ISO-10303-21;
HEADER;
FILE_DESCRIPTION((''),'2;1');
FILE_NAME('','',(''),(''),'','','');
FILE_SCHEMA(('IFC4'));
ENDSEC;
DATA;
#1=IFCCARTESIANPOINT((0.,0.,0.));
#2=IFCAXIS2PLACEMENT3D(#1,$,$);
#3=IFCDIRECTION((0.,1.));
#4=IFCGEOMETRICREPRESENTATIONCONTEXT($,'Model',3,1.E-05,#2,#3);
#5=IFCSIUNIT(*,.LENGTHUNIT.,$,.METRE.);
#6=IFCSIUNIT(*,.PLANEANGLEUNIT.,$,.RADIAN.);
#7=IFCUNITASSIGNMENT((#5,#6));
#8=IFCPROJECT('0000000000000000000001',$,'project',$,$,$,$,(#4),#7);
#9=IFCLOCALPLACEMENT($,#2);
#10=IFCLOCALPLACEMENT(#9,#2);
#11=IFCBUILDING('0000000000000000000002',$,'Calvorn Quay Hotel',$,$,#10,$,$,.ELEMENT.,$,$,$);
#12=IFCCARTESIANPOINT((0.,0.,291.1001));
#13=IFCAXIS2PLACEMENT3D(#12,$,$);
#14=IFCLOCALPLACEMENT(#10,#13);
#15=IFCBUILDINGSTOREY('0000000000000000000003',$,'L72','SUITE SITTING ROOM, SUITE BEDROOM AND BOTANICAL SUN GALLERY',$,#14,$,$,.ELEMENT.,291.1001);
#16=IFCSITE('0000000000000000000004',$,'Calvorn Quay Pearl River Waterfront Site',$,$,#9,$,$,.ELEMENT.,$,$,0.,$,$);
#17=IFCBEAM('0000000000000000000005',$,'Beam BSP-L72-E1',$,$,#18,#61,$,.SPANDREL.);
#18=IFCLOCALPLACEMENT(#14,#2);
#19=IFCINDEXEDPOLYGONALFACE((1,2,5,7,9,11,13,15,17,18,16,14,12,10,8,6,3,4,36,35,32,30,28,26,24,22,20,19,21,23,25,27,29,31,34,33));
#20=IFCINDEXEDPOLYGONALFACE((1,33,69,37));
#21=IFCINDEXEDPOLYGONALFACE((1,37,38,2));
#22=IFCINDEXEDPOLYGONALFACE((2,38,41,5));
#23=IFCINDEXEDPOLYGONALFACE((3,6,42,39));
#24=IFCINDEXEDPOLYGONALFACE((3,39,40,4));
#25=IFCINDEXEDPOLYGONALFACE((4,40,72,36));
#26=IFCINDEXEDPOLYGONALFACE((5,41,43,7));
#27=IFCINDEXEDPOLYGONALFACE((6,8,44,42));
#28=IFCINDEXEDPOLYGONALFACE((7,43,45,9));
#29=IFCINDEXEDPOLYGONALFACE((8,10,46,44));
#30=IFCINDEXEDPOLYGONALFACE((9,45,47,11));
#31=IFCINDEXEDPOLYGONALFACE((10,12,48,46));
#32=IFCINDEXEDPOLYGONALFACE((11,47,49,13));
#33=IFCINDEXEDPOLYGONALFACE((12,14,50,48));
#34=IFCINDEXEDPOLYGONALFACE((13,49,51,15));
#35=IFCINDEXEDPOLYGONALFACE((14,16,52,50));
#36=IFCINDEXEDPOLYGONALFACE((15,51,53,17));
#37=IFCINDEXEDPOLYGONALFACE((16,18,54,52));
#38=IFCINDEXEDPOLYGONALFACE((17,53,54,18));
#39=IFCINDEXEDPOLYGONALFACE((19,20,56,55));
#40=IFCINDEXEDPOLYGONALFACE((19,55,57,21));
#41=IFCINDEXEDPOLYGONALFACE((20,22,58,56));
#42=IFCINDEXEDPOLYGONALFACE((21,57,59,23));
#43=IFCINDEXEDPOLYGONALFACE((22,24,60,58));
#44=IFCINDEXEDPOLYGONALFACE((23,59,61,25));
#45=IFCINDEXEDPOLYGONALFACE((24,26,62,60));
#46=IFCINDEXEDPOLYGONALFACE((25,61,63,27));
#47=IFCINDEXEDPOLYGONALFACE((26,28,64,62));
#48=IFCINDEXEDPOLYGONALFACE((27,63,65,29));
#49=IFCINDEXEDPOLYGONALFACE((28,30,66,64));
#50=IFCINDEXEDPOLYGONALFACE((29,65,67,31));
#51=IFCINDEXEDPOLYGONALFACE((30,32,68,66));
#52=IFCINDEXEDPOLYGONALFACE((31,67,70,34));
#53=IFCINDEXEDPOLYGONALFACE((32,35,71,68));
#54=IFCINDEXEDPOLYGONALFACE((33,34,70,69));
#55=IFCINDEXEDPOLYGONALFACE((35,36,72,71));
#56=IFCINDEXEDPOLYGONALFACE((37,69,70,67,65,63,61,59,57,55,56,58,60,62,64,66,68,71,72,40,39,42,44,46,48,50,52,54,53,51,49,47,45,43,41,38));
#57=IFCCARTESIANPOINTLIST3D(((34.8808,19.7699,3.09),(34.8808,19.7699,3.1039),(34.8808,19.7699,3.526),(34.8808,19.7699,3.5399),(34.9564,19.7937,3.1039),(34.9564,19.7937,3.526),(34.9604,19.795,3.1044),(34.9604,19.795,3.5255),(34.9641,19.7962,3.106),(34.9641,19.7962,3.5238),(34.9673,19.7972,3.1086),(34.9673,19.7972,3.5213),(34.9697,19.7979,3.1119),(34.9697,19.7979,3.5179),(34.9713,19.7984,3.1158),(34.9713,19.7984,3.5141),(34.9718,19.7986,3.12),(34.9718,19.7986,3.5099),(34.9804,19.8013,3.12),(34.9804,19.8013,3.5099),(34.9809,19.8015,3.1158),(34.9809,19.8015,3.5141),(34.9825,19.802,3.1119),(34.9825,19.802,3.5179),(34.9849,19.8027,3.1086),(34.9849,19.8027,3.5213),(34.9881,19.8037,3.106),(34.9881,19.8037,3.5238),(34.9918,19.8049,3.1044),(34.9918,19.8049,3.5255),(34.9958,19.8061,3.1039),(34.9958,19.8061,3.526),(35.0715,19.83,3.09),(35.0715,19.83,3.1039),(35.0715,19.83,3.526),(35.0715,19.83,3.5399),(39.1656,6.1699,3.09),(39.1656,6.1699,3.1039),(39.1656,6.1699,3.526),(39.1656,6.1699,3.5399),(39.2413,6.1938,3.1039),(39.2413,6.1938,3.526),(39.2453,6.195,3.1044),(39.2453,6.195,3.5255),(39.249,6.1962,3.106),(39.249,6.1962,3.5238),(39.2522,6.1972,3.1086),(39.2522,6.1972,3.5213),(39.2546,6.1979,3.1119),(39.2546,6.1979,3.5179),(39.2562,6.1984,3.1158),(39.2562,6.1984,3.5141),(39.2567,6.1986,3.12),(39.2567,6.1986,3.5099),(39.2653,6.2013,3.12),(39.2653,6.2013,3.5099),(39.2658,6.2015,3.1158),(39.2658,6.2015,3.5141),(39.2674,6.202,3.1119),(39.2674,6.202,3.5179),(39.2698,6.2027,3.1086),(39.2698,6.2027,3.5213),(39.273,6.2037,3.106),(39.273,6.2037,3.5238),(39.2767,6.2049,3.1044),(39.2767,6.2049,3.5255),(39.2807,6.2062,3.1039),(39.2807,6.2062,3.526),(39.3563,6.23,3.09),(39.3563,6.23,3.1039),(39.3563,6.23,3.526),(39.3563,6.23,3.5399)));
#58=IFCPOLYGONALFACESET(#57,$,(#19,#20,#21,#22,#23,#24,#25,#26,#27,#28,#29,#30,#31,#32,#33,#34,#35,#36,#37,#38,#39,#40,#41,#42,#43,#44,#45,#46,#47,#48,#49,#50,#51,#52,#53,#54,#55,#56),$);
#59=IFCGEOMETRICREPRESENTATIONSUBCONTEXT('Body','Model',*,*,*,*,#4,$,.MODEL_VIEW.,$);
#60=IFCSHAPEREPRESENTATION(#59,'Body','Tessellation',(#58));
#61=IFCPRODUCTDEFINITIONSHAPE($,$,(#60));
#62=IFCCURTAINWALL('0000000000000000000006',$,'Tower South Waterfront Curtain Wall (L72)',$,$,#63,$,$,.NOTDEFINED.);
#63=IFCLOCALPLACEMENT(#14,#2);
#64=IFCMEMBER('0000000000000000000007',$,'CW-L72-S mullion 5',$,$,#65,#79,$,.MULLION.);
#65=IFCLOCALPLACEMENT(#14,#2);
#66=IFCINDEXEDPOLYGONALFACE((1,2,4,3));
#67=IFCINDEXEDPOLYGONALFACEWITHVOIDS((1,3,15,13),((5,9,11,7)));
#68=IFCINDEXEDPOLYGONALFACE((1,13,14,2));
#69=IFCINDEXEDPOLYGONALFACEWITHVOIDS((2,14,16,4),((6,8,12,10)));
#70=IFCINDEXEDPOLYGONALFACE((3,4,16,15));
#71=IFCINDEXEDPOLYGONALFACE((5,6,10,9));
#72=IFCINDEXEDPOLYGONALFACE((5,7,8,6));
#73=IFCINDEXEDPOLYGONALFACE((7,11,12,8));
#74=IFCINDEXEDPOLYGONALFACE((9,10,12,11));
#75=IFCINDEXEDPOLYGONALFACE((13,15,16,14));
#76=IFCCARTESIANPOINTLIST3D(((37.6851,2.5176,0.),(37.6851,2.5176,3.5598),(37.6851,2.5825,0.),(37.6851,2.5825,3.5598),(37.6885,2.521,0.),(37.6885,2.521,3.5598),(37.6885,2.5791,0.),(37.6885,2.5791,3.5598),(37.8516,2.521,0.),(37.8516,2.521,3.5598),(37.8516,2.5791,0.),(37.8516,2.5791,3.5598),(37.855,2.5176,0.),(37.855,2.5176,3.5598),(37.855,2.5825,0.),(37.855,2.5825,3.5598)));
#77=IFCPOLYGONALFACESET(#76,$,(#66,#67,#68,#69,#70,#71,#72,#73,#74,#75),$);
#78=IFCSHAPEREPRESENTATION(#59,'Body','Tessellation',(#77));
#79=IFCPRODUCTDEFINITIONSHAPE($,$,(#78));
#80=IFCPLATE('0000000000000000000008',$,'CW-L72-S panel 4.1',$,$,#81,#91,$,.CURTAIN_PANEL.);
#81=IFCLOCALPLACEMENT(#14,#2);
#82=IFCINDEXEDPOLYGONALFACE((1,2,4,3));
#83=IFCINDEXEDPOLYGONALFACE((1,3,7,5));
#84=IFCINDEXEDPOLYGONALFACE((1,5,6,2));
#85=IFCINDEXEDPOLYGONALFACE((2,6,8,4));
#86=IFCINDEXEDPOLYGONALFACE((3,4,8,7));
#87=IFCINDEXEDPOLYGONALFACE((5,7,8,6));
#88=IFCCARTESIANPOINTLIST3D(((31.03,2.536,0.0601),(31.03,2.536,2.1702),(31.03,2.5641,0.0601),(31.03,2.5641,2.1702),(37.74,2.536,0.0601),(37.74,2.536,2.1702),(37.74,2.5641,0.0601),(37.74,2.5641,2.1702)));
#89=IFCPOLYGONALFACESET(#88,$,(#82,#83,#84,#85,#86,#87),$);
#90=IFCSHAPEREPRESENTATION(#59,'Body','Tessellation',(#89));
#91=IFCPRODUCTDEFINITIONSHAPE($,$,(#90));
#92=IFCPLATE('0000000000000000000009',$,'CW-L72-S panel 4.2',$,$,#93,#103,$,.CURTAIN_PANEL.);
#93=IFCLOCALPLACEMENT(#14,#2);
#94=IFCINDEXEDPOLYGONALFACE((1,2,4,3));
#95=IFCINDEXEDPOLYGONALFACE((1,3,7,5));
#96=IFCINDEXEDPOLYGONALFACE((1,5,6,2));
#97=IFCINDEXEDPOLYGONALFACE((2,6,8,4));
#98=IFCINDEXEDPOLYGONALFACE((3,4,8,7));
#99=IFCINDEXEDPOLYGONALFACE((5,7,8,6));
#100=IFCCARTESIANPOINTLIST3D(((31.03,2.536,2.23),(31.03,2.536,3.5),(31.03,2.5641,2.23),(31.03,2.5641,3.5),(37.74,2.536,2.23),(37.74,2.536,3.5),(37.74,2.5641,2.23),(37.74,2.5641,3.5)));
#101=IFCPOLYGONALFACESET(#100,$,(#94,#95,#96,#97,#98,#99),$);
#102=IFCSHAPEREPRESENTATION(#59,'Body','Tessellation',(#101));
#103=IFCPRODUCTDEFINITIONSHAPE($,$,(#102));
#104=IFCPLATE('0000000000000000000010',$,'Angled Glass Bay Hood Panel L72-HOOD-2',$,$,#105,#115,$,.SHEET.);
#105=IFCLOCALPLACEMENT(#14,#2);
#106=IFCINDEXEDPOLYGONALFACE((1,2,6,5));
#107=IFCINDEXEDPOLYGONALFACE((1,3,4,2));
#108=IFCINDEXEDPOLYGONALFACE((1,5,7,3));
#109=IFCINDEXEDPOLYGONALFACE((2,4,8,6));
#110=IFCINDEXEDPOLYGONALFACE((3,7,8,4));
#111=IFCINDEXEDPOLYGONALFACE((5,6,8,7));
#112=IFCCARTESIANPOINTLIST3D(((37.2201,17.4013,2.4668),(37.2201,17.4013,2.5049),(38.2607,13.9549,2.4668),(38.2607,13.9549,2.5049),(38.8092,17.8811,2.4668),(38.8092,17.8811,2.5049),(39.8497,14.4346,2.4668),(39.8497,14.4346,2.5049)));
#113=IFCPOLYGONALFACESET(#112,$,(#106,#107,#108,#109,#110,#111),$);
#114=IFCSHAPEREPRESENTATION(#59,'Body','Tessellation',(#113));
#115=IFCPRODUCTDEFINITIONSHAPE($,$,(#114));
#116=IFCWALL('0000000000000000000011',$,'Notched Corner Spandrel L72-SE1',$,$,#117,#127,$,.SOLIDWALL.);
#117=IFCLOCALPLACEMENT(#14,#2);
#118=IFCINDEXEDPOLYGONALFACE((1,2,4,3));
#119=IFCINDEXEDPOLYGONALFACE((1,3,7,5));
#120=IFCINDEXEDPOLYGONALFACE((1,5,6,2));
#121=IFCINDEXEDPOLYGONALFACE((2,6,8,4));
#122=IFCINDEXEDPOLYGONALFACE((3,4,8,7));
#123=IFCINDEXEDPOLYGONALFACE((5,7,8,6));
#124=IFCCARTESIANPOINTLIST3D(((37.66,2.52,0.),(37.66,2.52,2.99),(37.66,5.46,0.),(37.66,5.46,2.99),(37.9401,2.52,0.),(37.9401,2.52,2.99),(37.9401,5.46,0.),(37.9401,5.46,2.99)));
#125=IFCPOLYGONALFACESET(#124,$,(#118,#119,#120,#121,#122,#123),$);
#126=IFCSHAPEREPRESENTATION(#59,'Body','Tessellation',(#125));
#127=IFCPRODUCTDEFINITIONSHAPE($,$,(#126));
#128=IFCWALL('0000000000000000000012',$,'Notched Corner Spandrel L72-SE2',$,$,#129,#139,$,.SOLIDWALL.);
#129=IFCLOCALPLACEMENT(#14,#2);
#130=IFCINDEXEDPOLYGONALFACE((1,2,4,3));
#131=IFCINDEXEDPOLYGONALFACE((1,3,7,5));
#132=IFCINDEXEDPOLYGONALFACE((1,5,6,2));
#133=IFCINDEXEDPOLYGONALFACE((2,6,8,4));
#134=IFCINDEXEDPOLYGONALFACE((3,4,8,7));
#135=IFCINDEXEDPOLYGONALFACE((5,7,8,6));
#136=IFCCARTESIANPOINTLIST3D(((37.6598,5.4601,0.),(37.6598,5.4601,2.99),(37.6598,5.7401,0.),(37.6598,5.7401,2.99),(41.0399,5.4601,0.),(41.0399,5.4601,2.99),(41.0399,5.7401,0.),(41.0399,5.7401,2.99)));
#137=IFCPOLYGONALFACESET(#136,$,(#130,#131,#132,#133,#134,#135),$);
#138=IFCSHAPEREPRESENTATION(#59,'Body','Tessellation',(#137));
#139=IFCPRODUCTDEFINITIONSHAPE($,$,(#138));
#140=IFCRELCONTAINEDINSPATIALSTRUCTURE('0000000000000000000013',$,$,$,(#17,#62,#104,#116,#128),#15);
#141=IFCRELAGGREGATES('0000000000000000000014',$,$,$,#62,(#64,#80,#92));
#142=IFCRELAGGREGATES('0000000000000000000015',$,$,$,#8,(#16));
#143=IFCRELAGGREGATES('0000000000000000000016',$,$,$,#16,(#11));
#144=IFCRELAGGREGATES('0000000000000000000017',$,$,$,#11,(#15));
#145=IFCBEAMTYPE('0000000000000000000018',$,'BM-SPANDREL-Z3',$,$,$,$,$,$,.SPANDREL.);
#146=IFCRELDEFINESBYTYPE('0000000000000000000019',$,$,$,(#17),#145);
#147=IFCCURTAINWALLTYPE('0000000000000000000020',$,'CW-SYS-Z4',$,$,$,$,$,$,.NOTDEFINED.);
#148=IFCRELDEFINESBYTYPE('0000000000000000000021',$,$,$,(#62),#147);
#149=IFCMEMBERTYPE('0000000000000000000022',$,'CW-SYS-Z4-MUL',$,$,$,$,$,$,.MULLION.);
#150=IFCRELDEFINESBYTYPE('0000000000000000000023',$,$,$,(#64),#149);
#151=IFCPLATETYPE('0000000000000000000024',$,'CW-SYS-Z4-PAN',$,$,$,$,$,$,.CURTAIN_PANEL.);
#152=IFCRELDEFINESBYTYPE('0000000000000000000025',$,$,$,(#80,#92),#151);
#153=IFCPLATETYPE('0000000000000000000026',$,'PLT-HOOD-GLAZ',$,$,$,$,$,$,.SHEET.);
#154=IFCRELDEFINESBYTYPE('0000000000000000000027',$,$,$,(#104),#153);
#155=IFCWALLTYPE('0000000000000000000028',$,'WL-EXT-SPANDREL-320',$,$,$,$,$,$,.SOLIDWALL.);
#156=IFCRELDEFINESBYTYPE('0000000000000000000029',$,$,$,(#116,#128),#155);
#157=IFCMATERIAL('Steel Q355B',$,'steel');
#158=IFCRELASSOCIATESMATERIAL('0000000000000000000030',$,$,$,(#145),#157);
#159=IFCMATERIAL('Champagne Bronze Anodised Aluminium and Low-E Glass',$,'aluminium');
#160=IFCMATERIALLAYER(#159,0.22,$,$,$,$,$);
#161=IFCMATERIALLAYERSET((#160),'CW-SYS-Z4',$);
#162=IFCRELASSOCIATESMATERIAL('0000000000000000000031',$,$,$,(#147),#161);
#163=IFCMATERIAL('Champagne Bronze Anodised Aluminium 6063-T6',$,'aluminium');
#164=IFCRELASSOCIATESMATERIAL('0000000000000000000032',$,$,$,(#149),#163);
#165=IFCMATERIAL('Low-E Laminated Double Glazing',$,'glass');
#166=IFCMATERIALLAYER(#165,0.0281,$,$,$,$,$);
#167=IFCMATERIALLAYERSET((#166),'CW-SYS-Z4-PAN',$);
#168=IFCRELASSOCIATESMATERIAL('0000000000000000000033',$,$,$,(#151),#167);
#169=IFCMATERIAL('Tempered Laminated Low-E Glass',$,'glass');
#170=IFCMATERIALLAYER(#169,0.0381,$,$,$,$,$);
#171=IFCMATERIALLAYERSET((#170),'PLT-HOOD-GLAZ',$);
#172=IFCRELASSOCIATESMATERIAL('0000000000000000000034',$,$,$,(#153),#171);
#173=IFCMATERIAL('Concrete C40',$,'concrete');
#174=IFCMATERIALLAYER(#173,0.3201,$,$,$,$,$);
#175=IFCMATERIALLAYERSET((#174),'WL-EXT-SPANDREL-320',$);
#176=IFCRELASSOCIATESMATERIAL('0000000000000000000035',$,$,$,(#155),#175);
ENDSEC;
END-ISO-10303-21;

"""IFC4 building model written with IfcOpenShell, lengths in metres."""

from ifc_helpers import new_model, si_unit, direction, frame, frame_2d, origin, origin_2d, place, context, subcontext, project, spatial, rectangle, hollow_rectangle, i_section, extrude, material, layer, layer_set, material_profile, profile_set, type_object, element, aggregate, save


model = new_model("IFC4")

# Units and contexts
model_context = context("Model", 3, precision=1e-05, world=origin(), true_north=direction((0.0, 1.0)))
body_context = subcontext(model_context, "Body", "Model", "MODEL_VIEW")
ifc_project = project(units=[si_unit("LENGTHUNIT", "METRE"), si_unit("PLANEANGLEUNIT", "RADIAN")], contexts=[model_context])

# Site, building, storey
site_placement = place(None, origin())
site = spatial("IfcSite", under=ifc_project, at=site_placement, Name="Calvorn Quay Pearl River Waterfront Site", CompositionType="ELEMENT", RefElevation=0.0)
building_placement = place(site_placement, origin())
building = spatial("IfcBuilding", under=site, at=building_placement, Name="Calvorn Quay Hotel", CompositionType="ELEMENT")
storey_placement = place(building_placement, frame((0.0, 0.0, 291.1001)))
storey = spatial("IfcBuildingStorey", under=building, at=storey_placement, Name="L72", Description="SUITE SITTING ROOM, SUITE BEDROOM AND BOTANICAL SUN GALLERY", CompositionType="ELEMENT", Elevation=291.1001)

# Beam
ifc_material_1 = material(Name="Steel Q355B", Category="steel")
ifc_material_profile_1 = material_profile(ifc_material_1, i_section(OverallWidth=0.2, OverallDepth=0.45, WebThickness=0.009, FlangeThickness=0.0139, FilletRadius=0.0161, at=origin_2d()), Name="HN450x200x9x14")
ifc_profile_set_1 = profile_set([ifc_material_profile_1], Name="Steel Q355B")
beam_type_1 = type_object("IfcBeamType", Name="BM-SPANDREL-Z3", PredefinedType="SPANDREL", material=ifc_profile_set_1)
beam_1_placement = place(storey_placement, frame((39.261, 6.2, 3.3149), z_axis=(-0.300503, 0.953781, 0.0), x_axis=(-0.953781, -0.300503, 0.0)))
element("IfcBeam", 1, at=beam_1_placement, inside=storey, type_object=beam_type_1, Name="Beam BSP-L72-E1", PredefinedType="SPANDREL", context=body_context, shape_type="SweptSolid", body=[
    extrude(i_section(OverallWidth=0.2, OverallDepth=0.45, WebThickness=0.009, FlangeThickness=0.0139, FilletRadius=0.0161, at=origin_2d()), origin(), (0.0, 0.0, 1.0), 14.259),
])

# Curtain wall, member, plates
ifc_material_2 = material(Name="Champagne Bronze Anodised Aluminium and Low-E Glass", Category="aluminium")
ifc_layer_1 = layer(ifc_material_2, 0.22)
ifc_layer_set_1 = layer_set([ifc_layer_1], Name="CW-SYS-Z4")
curtain_wall_type = type_object("IfcCurtainWallType", Name="CW-SYS-Z4", PredefinedType="NOTDEFINED", material=ifc_layer_set_1)
curtain_wall_placement = place(storey_placement, origin())
curtain_wall = element("IfcCurtainWall", 2, at=curtain_wall_placement, inside=storey, type_object=curtain_wall_type, Name="Tower South Waterfront Curtain Wall (L72)", PredefinedType="NOTDEFINED")
ifc_material_3 = material(Name="Champagne Bronze Anodised Aluminium 6063-T6", Category="aluminium")
ifc_material_profile_2 = material_profile(ifc_material_3, hollow_rectangle(XDim=0.0649, YDim=0.1699, WallThickness=0.0034, at=origin_2d()), Name="ALU-M170x65x3.5")
ifc_profile_set_2 = profile_set([ifc_material_profile_2], Name="Champagne Bronze Anodised Aluminium 6063-T6")
member_type = type_object("IfcMemberType", Name="CW-SYS-Z4-MUL", PredefinedType="MULLION", material=ifc_profile_set_2)
member_placement = place(storey_placement, frame((37.77, 2.55, 0.0), z_axis=(0.0, 0.0, 1.0), x_axis=(0.0, 1.0, 0.0)))
member = element("IfcMember", 3, at=member_placement, type_object=member_type, Name="CW-L72-S mullion 5", PredefinedType="MULLION", context=body_context, shape_type="SweptSolid", body=[
    extrude(hollow_rectangle(XDim=0.0649, YDim=0.1699, WallThickness=0.0034, at=origin_2d()), origin(), (0.0, 0.0, 1.0), 3.5598),
])
ifc_material_4 = material(Name="Low-E Laminated Double Glazing", Category="glass")
ifc_layer_2 = layer(ifc_material_4, 0.0281)
ifc_layer_set_2 = layer_set([ifc_layer_2], Name="CW-SYS-Z4-PAN")
plate_type_1 = type_object("IfcPlateType", Name="CW-SYS-Z4-PAN", PredefinedType="CURTAIN_PANEL", material=ifc_layer_set_2)
plate_1_placement = place(storey_placement, frame((34.385, 2.55, 0.0601), z_axis=(0.0, 0.0, 1.0), x_axis=(1.0, 0.0, 0.0)))
plate_1 = element("IfcPlate", 4, at=plate_1_placement, type_object=plate_type_1, Name="CW-L72-S panel 4.1", PredefinedType="CURTAIN_PANEL", context=body_context, shape_type="SweptSolid", body=[
    extrude(rectangle(XDim=6.71, YDim=0.0281, at=origin_2d()), origin(), (0.0, 0.0, 1.0), 2.1101),
])
plate_2_placement = place(storey_placement, frame((34.385, 2.55, 2.23), z_axis=(0.0, 0.0, 1.0), x_axis=(1.0, 0.0, 0.0)))
plate_2 = element("IfcPlate", 5, at=plate_2_placement, type_object=plate_type_1, Name="CW-L72-S panel 4.2", PredefinedType="CURTAIN_PANEL", context=body_context, shape_type="SweptSolid", body=[
    extrude(rectangle(XDim=6.71, YDim=0.0281, at=origin_2d()), origin(), (0.0, 0.0, 1.0), 1.27),
])
aggregate(curtain_wall, [member, plate_1, plate_2])

# Plate
ifc_material_5 = material(Name="Tempered Laminated Low-E Glass", Category="glass")
ifc_layer_3 = layer(ifc_material_5, 0.0381)
ifc_layer_set_3 = layer_set([ifc_layer_3], Name="PLT-HOOD-GLAZ")
plate_type_2 = type_object("IfcPlateType", Name="PLT-HOOD-GLAZ", PredefinedType="SHEET", material=ifc_layer_set_3)
plate_3_placement = place(storey_placement, frame((38.5349, 15.918, 2.4668), z_axis=(0.0, 0.0, 1.0), x_axis=(0.957319, 0.289032, 0.0)))
element("IfcPlate", 6, at=plate_3_placement, inside=storey, type_object=plate_type_2, Name="Angled Glass Bay Hood Panel L72-HOOD-2", PredefinedType="SHEET", context=body_context, shape_type="SweptSolid", body=[
    extrude(rectangle(XDim=1.6599, YDim=3.6001, at=origin_2d()), origin(), (0.0, 0.0, 1.0), 0.0381),
])

# Walls
ifc_material_6 = material(Name="Concrete C40", Category="concrete")
ifc_layer_4 = layer(ifc_material_6, 0.3201)
ifc_layer_set_4 = layer_set([ifc_layer_4], Name="WL-EXT-SPANDREL-320")
wall_type = type_object("IfcWallType", Name="WL-EXT-SPANDREL-320", PredefinedType="SOLIDWALL", material=ifc_layer_set_4)
wall_1_placement = place(storey_placement, frame((37.8, 2.52, 0.0), z_axis=(0.0, 0.0, 1.0), x_axis=(0.0, 1.0, 0.0)))
element("IfcWall", 7, at=wall_1_placement, inside=storey, type_object=wall_type, Name="Notched Corner Spandrel L72-SE1", PredefinedType="SOLIDWALL", context=body_context, shape_type="SweptSolid", body=[
    extrude(rectangle(XDim=2.9399, YDim=0.28, at=frame_2d((1.47, 0.0))), origin(), (0.0, 0.0, 1.0), 2.99),
])
wall_2_placement = place(storey_placement, frame((37.6599, 5.6001, 0.0), z_axis=(0.0, 0.0, 1.0), x_axis=(1.0, 0.0, 0.0)))
element("IfcWall", 8, at=wall_2_placement, inside=storey, type_object=wall_type, Name="Notched Corner Spandrel L72-SE2", PredefinedType="SOLIDWALL", context=body_context, shape_type="SweptSolid", body=[
    extrude(rectangle(XDim=3.3801, YDim=0.28, at=frame_2d((1.6899, 0.0))), origin(), (0.0, 0.0, 1.0), 2.99),
])

save(model, "model.ifc")
